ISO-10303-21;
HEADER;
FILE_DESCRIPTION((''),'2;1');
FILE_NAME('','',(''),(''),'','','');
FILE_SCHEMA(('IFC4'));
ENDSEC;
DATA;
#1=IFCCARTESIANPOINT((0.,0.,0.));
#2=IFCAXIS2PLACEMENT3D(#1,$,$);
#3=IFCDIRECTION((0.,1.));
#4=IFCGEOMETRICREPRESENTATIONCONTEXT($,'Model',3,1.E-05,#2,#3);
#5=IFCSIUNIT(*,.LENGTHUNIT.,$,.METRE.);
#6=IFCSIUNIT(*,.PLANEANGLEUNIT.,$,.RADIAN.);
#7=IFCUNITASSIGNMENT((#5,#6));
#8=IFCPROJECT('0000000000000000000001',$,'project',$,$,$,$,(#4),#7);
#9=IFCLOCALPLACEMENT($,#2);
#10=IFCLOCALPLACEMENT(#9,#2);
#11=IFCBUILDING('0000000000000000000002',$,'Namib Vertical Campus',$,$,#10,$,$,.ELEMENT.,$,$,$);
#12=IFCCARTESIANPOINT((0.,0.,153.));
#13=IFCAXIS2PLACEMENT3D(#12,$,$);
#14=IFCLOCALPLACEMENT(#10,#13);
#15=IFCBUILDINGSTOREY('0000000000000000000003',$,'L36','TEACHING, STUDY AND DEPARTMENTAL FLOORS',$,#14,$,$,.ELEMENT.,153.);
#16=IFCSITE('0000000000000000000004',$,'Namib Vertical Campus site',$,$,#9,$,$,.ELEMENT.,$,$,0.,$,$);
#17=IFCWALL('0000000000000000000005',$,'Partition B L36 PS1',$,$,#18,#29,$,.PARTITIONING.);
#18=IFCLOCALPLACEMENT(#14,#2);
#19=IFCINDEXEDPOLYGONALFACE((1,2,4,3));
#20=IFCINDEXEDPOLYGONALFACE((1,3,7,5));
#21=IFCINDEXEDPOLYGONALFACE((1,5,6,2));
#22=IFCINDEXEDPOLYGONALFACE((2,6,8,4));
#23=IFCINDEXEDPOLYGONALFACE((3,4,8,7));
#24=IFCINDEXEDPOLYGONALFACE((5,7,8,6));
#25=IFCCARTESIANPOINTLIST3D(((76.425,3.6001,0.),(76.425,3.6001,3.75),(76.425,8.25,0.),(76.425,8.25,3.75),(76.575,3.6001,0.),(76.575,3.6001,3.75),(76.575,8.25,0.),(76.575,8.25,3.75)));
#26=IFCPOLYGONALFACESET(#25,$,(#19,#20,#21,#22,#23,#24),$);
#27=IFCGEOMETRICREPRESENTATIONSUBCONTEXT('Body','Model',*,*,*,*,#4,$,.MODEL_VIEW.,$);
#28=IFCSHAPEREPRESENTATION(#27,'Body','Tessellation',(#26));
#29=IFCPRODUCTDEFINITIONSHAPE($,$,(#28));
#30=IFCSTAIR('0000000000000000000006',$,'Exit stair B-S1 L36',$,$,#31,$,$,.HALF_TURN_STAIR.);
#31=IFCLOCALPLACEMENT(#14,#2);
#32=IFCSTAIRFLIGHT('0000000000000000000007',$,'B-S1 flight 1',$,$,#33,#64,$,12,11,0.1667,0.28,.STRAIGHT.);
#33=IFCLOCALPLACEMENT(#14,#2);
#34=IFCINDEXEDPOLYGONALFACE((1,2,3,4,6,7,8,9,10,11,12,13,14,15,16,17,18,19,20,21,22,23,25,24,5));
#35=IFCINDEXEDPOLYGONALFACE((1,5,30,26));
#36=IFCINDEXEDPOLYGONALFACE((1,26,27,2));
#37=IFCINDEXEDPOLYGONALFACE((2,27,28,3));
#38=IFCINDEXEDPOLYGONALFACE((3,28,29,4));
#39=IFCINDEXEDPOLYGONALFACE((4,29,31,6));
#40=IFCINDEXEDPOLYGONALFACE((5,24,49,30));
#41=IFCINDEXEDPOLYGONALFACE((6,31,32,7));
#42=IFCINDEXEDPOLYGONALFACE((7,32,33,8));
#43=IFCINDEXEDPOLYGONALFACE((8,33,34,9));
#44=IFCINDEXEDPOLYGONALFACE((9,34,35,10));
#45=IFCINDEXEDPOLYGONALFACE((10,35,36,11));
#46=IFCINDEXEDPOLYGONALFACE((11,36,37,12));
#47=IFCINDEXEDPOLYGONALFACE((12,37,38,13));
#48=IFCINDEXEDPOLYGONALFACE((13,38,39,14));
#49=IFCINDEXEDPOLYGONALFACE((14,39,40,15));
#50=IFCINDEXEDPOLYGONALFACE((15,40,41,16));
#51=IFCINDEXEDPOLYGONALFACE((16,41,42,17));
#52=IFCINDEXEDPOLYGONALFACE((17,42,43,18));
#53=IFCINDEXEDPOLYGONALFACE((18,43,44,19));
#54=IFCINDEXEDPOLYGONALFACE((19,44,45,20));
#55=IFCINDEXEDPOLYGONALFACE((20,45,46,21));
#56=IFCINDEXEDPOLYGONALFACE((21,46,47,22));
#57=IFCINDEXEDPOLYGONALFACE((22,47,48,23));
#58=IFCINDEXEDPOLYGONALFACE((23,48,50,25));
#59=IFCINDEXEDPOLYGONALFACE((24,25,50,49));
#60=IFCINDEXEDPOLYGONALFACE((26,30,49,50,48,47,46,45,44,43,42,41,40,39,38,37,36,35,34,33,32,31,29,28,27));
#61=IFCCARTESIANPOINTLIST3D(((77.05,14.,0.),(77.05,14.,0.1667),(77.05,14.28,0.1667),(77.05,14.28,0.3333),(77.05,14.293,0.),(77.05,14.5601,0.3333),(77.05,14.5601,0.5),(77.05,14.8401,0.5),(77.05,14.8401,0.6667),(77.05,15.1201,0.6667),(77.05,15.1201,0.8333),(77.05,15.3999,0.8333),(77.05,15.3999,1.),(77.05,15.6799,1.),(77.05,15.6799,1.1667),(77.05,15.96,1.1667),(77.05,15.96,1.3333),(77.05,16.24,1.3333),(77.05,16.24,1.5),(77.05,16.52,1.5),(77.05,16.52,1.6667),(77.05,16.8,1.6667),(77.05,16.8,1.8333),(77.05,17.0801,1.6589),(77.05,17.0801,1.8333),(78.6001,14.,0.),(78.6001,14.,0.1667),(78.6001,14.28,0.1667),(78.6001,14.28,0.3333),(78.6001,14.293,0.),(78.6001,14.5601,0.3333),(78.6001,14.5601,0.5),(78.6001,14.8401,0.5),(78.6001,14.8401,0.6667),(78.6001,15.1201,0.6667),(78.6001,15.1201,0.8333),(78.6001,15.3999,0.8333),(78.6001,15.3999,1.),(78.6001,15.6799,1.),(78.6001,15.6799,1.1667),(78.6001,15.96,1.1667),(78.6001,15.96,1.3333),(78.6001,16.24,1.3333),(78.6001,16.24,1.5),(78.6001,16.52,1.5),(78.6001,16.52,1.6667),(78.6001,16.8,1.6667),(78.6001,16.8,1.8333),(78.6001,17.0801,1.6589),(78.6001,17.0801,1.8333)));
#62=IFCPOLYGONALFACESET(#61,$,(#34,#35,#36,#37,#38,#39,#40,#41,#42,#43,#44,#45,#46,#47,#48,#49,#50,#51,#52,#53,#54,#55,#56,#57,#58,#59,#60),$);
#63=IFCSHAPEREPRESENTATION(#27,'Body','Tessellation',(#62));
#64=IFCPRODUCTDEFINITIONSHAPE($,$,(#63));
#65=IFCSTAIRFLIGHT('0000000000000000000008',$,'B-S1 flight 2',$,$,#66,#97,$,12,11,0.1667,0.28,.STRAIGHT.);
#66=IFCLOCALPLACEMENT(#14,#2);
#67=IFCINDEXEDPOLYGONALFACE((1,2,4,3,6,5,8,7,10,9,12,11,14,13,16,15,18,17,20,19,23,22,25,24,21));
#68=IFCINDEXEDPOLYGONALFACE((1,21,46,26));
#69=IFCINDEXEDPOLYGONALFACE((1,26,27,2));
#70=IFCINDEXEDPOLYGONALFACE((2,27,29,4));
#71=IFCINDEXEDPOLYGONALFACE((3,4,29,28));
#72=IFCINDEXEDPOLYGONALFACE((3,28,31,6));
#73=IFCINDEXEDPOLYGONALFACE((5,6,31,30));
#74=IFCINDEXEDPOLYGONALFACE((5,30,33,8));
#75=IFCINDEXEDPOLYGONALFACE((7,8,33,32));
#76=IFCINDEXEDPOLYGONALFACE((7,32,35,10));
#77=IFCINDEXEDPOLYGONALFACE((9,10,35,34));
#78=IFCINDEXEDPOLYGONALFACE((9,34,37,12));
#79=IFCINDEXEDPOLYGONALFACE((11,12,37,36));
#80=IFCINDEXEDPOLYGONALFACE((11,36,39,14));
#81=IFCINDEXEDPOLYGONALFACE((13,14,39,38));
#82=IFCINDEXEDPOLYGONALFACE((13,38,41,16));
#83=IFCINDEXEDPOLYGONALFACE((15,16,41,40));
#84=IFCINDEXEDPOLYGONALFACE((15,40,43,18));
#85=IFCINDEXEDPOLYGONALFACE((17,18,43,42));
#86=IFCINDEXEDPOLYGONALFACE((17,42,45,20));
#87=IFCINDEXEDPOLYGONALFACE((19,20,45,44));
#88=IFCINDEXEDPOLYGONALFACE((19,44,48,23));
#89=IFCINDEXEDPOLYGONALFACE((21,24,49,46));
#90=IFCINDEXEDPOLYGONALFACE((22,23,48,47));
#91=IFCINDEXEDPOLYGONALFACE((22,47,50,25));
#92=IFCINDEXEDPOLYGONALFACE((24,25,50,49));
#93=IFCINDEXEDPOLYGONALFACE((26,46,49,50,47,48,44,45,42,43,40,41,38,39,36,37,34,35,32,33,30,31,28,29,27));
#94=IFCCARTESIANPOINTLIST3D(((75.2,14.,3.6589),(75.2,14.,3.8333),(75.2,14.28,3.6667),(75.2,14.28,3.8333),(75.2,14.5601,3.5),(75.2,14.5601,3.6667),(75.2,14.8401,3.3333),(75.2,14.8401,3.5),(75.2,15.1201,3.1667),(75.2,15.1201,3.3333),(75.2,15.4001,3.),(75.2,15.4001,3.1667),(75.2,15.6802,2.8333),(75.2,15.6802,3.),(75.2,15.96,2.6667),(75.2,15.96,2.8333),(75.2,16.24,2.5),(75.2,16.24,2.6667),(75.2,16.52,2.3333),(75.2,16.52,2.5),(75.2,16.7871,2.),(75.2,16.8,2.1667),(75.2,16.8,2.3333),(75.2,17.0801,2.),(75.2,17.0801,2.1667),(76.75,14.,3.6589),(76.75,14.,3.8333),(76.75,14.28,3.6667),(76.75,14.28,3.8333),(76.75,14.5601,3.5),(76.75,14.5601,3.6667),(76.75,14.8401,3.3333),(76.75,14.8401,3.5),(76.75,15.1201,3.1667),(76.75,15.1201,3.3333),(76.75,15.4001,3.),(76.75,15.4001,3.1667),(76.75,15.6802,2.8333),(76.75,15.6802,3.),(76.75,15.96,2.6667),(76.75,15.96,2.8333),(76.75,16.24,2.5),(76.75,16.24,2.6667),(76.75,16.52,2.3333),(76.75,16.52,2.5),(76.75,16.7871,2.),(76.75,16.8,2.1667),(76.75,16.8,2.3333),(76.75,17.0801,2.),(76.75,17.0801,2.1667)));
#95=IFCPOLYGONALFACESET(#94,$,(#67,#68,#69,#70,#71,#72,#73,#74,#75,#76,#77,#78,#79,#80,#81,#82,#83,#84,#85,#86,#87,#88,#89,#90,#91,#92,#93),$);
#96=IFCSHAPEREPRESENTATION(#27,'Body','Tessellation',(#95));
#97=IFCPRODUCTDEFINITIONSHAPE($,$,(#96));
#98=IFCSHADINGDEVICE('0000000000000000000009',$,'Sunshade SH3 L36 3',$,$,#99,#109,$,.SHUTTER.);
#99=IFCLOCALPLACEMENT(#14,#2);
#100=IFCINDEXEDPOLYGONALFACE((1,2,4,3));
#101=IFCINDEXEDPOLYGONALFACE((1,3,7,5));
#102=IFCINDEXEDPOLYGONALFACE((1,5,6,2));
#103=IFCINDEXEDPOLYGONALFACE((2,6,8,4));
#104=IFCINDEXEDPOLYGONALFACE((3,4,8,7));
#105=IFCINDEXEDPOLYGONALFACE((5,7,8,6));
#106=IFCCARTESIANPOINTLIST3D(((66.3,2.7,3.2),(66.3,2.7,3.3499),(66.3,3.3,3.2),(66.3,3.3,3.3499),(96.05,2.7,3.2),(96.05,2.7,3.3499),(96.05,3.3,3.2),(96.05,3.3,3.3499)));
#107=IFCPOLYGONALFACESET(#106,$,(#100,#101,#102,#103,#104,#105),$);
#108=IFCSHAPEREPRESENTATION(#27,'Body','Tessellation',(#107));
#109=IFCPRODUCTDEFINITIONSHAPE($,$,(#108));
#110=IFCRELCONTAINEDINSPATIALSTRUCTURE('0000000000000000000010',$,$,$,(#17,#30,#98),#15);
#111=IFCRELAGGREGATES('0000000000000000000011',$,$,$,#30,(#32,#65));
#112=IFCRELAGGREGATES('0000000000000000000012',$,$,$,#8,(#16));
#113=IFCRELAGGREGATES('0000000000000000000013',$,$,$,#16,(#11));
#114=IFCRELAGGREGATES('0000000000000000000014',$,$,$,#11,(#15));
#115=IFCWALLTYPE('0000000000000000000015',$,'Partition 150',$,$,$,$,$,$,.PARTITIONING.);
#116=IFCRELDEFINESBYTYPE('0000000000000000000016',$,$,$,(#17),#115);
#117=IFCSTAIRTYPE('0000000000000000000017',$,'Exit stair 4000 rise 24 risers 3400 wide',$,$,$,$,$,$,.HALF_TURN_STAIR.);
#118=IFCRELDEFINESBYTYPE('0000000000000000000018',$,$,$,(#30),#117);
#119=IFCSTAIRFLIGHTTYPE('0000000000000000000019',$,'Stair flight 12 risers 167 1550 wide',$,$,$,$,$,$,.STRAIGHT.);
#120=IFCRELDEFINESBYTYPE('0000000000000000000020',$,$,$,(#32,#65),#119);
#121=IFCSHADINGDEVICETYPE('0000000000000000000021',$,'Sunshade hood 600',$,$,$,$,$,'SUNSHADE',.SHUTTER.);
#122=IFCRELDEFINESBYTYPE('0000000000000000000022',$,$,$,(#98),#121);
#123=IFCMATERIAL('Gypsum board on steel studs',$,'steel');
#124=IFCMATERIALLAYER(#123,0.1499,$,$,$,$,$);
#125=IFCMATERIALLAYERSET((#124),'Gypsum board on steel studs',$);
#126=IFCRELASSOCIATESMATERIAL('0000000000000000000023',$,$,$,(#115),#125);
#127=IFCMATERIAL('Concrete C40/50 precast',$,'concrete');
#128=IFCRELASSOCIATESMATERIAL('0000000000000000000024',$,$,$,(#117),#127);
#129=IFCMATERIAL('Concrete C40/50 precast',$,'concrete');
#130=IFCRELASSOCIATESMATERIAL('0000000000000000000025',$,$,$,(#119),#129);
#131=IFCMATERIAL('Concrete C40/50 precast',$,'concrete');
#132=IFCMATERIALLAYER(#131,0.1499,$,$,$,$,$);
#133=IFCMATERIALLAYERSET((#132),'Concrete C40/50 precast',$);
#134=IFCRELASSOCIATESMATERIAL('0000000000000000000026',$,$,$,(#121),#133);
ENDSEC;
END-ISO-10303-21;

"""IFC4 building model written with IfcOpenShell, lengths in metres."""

from ifc_helpers import new_model, si_unit, direction, frame, frame_2d, origin, origin_2d, place, context, subcontext, project, spatial, polyline, rectangle, outline, extrude, material, layer, layer_set, type_object, element, aggregate, save


model = new_model("IFC4")

# Units and contexts
model_context = context("Model", 3, precision=1e-05, world=origin(), true_north=direction((0.0, 1.0)))
body_context = subcontext(model_context, "Body", "Model", "MODEL_VIEW")
ifc_project = project(units=[si_unit("LENGTHUNIT", "METRE"), si_unit("PLANEANGLEUNIT", "RADIAN")], contexts=[model_context])

# Site, building, storey
site_placement = place(None, origin())
site = spatial("IfcSite", under=ifc_project, at=site_placement, Name="Namib Vertical Campus site", CompositionType="ELEMENT", RefElevation=0.0)
building_placement = place(site_placement, origin())
building = spatial("IfcBuilding", under=site, at=building_placement, Name="Namib Vertical Campus", CompositionType="ELEMENT")
storey_placement = place(building_placement, frame((0.0, 0.0, 153.0)))
storey = spatial("IfcBuildingStorey", under=building, at=storey_placement, Name="L36", Description="TEACHING, STUDY AND DEPARTMENTAL FLOORS", CompositionType="ELEMENT", Elevation=153.0)

# Wall
ifc_material_1 = material(Name="Gypsum board on steel studs", Category="steel")
ifc_layer_1 = layer(ifc_material_1, 0.1499)
ifc_layer_set_1 = layer_set([ifc_layer_1], Name="Gypsum board on steel studs")
wall_type_1 = type_object("IfcWallType", Name="Partition 150", PredefinedType="PARTITIONING", material=ifc_layer_set_1)
wall_1_placement = place(storey_placement, frame((76.5, 3.6001, 0.0), z_axis=(0.0, 0.0, 1.0), x_axis=(0.0, 1.0, 0.0)))
element("IfcWall", 1, at=wall_1_placement, inside=storey, type_object=wall_type_1, Name="Partition B L36 PS1", PredefinedType="PARTITIONING", context=body_context, shape_type="SweptSolid", body=[
    extrude(rectangle(XDim=4.6499, YDim=0.1499, at=frame_2d((2.325, 0.0))), origin(), (0.0, 0.0, 1.0), 3.75),
])

# Stair, stair flights
ifc_material_2 = material(Name="Concrete C40/50 precast", Category="concrete")
stair_type = type_object("IfcStairType", Name="Exit stair 4000 rise 24 risers 3400 wide", PredefinedType="HALF_TURN_STAIR", material=ifc_material_2)
stair_placement = place(storey_placement, origin())
stair = element("IfcStair", 2, at=stair_placement, inside=storey, type_object=stair_type, Name="Exit stair B-S1 L36", PredefinedType="HALF_TURN_STAIR")
ifc_material_3 = material(Name="Concrete C40/50 precast", Category="concrete")
stair_flight_type = type_object("IfcStairFlightType", Name="Stair flight 12 risers 167 1550 wide", PredefinedType="STRAIGHT", material=ifc_material_3)
stair_flight_1_placement = place(storey_placement, frame((77.825, 14.0, 0.0), z_axis=(0.0, 0.0, 1.0), x_axis=(0.0, 1.0, 0.0)))
stair_flight_1 = element("IfcStairFlight", 3, at=stair_flight_1_placement, type_object=stair_flight_type, Name="B-S1 flight 1", NumberOfRisers=12, NumberOfTreads=11, PredefinedType="STRAIGHT", RiserHeight=0.1667, TreadLength=0.28, context=body_context, shape_type="SweptSolid", body=[
    extrude(outline(polyline([(0.0, 0.0), (0.0, 0.1667), (0.28, 0.1667), (0.28, 0.3333), (0.5601, 0.3333), (0.5601, 0.5), (0.8401, 0.5), (0.8401, 0.6667), (1.1201, 0.6667), (1.1201, 0.8333), (1.3999, 0.8333), (1.3999, 1.0), (1.6799, 1.0), (1.6799, 1.1667), (1.96, 1.1667), (1.96, 1.3333), (2.24, 1.3333), (2.24, 1.5), (2.52, 1.5), (2.52, 1.6667), (2.8, 1.6667), (2.8, 1.8333), (3.0801, 1.8333), (3.0801, 2.0), (3.0801, 1.6589), (0.293, 0.0), (0.0, 0.0)])), frame((0.0, 0.7749, 0.0), z_axis=(0.0, -1.0, 0.0), x_axis=(1.0, 0.0, 0.0)), (0.0, 0.0, 1.0), 1.55),
])
stair_flight_2_placement = place(storey_placement, frame((75.9751, 17.0801, 2.0), z_axis=(0.0, 0.0, 1.0), x_axis=(0.0, -1.0, 0.0)))
stair_flight_2 = element("IfcStairFlight", 4, at=stair_flight_2_placement, type_object=stair_flight_type, Name="B-S1 flight 2", NumberOfRisers=12, NumberOfTreads=11, PredefinedType="STRAIGHT", RiserHeight=0.1667, TreadLength=0.28, context=body_context, shape_type="SweptSolid", body=[
    extrude(outline(polyline([(0.0, 0.0), (0.0, 0.1667), (0.28, 0.1667), (0.28, 0.3333), (0.5601, 0.3333), (0.5601, 0.5), (0.8401, 0.5), (0.8401, 0.6667), (1.1201, 0.6667), (1.1201, 0.8333), (1.3999, 0.8333), (1.3999, 1.0), (1.6799, 1.0), (1.6799, 1.1667), (1.96, 1.1667), (1.96, 1.3333), (2.24, 1.3333), (2.24, 1.5), (2.52, 1.5), (2.52, 1.6667), (2.8, 1.6667), (2.8, 1.8333), (3.0801, 1.8333), (3.0801, 2.0), (3.0801, 1.6589), (0.293, 0.0), (0.0, 0.0)])), frame((0.0, 0.7749, 0.0), z_axis=(0.0, -1.0, 0.0), x_axis=(1.0, 0.0, 0.0)), (0.0, 0.0, 1.0), 1.55),
])
aggregate(stair, [stair_flight_1, stair_flight_2])

# Shading device
ifc_material_4 = material(Name="Concrete C40/50 precast", Category="concrete")
ifc_layer_2 = layer(ifc_material_4, 0.1499)
ifc_layer_set_2 = layer_set([ifc_layer_2], Name="Concrete C40/50 precast")
shading_device_type = type_object("IfcShadingDeviceType", Name="Sunshade hood 600", ElementType="SUNSHADE", PredefinedType="SHUTTER", material=ifc_layer_set_2)
shading_device_placement = place(storey_placement, frame((81.175, 3.0, 3.2), z_axis=(0.0, 0.0, 1.0), x_axis=(1.0, 0.0, 0.0)))
element("IfcShadingDevice", 5, at=shading_device_placement, inside=storey, type_object=shading_device_type, Name="Sunshade SH3 L36 3", PredefinedType="SHUTTER", context=body_context, shape_type="SweptSolid", body=[
    extrude(rectangle(XDim=29.75, YDim=0.6001, at=origin_2d()), origin(), (0.0, 0.0, 1.0), 0.1499),
])

save(model, "model.ifc")
